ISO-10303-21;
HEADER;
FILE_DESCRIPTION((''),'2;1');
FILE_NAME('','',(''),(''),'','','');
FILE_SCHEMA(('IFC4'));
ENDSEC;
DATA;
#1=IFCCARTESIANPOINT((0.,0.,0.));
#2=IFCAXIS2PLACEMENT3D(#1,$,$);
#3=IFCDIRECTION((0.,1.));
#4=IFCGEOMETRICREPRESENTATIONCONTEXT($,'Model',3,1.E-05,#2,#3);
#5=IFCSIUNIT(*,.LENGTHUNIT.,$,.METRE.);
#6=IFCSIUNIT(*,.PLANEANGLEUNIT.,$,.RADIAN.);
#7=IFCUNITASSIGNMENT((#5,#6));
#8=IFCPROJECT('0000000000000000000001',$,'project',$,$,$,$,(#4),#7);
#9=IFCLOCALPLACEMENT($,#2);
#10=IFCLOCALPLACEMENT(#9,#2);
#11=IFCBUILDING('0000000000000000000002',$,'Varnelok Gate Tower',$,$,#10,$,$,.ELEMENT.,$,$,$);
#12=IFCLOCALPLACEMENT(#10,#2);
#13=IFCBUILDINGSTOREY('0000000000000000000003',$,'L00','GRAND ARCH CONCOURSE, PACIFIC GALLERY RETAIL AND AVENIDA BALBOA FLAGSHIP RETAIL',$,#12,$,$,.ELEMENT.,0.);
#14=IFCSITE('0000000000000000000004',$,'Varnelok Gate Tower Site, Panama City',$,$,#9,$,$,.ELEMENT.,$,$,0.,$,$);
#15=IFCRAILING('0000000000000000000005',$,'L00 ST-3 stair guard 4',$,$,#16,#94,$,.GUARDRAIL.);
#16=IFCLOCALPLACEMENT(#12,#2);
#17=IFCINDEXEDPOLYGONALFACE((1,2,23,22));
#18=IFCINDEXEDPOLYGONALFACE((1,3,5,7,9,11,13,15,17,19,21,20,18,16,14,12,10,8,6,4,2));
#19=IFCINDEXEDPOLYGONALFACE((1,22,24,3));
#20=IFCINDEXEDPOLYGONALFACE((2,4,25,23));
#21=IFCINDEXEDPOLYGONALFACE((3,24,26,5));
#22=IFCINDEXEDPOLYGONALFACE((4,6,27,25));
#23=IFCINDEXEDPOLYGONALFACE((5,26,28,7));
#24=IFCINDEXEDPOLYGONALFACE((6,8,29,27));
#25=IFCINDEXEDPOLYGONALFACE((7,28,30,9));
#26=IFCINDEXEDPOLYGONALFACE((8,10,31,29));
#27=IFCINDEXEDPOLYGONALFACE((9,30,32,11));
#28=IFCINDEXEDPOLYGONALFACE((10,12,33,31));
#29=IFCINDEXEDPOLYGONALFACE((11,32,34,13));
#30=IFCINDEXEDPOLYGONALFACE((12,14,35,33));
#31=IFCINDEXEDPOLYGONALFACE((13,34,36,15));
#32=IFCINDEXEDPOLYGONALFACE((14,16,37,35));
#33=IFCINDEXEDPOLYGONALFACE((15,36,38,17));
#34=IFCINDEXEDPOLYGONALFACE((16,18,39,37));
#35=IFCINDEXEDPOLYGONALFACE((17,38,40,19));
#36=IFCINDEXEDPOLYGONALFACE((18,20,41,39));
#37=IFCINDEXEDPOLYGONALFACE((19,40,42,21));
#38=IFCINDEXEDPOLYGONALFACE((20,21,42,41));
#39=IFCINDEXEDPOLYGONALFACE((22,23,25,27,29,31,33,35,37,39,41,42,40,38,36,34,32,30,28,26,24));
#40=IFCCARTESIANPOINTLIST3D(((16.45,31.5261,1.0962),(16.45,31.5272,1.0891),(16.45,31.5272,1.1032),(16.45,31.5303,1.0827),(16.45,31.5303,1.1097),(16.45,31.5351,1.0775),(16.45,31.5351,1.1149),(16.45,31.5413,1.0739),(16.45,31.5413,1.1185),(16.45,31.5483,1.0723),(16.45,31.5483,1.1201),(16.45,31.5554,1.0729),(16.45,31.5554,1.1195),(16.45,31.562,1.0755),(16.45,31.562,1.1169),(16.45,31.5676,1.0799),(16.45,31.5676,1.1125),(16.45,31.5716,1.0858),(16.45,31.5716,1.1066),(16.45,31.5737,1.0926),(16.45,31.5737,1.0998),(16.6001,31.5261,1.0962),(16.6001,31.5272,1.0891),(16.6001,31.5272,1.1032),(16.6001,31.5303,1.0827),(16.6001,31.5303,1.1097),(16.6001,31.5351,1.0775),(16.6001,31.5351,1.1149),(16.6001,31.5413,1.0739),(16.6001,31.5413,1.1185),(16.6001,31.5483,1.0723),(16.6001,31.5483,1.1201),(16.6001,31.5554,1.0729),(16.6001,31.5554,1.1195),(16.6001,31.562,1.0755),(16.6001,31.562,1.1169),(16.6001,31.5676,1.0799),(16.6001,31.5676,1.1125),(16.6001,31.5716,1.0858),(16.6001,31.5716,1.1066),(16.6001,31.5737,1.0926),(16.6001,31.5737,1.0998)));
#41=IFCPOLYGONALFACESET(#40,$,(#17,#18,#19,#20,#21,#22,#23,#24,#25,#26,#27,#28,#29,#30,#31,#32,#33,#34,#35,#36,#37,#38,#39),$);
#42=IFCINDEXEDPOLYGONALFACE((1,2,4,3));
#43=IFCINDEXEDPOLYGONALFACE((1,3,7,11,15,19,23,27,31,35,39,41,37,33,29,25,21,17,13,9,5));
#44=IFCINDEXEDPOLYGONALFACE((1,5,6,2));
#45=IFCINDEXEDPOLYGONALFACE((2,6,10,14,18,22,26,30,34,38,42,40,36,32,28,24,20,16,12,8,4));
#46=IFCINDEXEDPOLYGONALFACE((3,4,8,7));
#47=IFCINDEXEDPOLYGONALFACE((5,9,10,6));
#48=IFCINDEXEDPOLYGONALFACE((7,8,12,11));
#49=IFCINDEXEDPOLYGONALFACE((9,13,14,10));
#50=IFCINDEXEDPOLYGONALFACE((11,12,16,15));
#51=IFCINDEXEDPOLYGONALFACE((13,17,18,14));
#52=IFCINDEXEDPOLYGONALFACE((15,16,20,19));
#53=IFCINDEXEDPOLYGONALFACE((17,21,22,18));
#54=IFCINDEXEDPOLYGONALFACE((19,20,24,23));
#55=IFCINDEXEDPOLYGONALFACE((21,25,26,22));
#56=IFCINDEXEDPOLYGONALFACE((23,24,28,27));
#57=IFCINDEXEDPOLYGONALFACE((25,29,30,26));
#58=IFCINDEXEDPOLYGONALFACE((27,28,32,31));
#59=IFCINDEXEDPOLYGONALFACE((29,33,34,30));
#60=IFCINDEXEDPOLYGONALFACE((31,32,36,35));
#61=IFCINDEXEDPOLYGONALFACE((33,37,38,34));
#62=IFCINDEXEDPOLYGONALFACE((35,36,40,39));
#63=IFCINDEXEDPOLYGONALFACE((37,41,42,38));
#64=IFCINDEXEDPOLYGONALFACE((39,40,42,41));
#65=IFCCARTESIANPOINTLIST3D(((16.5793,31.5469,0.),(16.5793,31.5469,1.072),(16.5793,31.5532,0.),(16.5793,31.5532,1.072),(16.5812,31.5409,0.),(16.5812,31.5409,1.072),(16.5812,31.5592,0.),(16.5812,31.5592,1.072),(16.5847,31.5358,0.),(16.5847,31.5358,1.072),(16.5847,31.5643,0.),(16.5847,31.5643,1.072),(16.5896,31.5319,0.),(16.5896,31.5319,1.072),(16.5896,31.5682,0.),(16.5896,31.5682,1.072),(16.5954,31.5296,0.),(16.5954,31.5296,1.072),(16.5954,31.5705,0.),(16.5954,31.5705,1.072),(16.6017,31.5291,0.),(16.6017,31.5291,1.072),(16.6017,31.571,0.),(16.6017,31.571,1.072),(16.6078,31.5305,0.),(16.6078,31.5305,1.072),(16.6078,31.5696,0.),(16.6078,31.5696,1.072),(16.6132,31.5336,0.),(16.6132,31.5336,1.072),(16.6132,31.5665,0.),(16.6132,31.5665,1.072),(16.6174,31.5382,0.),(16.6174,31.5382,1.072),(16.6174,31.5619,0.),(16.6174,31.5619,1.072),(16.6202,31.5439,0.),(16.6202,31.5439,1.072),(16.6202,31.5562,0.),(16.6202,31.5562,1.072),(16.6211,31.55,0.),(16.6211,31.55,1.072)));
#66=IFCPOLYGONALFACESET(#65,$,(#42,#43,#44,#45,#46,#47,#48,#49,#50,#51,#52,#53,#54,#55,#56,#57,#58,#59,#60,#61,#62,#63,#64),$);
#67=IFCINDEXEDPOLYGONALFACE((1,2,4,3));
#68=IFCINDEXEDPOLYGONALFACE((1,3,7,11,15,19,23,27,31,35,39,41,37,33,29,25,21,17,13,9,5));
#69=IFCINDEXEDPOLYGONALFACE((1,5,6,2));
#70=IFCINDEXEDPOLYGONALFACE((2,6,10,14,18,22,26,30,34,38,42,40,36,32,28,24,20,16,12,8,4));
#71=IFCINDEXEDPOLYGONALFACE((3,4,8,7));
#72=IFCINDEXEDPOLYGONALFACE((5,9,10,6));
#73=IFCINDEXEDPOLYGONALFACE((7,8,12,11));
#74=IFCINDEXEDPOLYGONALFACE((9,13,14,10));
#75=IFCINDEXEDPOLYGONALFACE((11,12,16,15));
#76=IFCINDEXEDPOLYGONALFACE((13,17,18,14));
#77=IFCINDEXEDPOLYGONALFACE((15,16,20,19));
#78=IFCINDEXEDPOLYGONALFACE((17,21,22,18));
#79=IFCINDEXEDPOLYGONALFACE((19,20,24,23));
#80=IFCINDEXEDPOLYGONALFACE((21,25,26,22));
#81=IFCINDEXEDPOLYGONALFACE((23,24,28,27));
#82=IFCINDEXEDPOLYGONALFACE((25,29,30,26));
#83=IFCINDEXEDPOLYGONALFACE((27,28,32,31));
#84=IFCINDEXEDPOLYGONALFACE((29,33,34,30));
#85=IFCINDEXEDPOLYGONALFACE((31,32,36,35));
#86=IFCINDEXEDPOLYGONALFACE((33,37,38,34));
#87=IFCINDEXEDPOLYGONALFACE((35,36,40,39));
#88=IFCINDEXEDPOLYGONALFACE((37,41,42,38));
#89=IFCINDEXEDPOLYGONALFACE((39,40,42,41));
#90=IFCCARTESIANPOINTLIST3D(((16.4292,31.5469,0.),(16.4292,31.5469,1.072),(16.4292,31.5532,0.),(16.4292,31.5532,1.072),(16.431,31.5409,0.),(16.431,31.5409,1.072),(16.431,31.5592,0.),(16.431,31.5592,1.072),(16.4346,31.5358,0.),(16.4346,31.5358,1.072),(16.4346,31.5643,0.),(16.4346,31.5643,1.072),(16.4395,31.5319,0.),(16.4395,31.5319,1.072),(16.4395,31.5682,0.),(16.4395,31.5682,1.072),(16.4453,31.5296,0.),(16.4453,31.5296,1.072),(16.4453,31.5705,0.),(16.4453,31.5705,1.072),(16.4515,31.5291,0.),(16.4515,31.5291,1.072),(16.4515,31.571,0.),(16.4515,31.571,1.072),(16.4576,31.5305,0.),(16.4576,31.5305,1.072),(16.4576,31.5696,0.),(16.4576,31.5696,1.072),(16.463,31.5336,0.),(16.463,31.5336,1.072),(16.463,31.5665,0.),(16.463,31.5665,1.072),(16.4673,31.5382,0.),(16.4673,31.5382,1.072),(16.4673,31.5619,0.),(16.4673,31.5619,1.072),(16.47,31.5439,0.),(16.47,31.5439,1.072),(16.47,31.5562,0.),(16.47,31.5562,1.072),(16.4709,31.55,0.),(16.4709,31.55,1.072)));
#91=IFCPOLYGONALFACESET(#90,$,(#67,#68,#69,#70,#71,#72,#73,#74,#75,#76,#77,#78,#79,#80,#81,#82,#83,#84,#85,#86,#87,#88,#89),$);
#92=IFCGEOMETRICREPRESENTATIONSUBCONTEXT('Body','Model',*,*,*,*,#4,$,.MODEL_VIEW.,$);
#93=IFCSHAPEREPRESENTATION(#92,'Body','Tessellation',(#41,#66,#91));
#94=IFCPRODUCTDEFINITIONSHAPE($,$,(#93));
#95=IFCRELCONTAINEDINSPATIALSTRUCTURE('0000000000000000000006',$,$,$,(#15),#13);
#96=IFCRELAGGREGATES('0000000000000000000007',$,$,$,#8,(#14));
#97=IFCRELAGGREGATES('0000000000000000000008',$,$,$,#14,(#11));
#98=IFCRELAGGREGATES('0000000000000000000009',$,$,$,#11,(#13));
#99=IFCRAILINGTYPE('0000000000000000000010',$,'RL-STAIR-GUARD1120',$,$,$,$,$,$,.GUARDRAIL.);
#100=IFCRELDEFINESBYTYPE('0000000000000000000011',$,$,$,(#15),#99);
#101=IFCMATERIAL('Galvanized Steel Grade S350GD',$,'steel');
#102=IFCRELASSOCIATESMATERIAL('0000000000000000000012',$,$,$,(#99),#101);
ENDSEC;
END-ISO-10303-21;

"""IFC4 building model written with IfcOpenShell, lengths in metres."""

from ifc_helpers import new_model, si_unit, direction, frame, origin, origin_2d, place, context, subcontext, project, spatial, circle, extrude, material, type_object, element, save


model = new_model("IFC4")

# Units and contexts
model_context = context("Model", 3, precision=1e-05, world=origin(), true_north=direction((0.0, 1.0)))
body_context = subcontext(model_context, "Body", "Model", "MODEL_VIEW")
ifc_project = project(units=[si_unit("LENGTHUNIT", "METRE"), si_unit("PLANEANGLEUNIT", "RADIAN")], contexts=[model_context])

# Site, building, storey
site_placement = place(None, origin())
site = spatial("IfcSite", under=ifc_project, at=site_placement, Name="Varnelok Gate Tower Site, Panama City", CompositionType="ELEMENT", RefElevation=0.0)
building_placement = place(site_placement, origin())
building = spatial("IfcBuilding", under=site, at=building_placement, Name="Varnelok Gate Tower", CompositionType="ELEMENT")
storey_placement = place(building_placement, origin())
storey = spatial("IfcBuildingStorey", under=building, at=storey_placement, Name="L00", Description="GRAND ARCH CONCOURSE, PACIFIC GALLERY RETAIL AND AVENIDA BALBOA FLAGSHIP RETAIL", CompositionType="ELEMENT", Elevation=0.0)

# Shared definitions
ifc_material_1 = material(Name="Galvanized Steel Grade S350GD", Category="steel")

# Railing
railing_type_1 = type_object("IfcRailingType", Name="RL-STAIR-GUARD1120", PredefinedType="GUARDRAIL", material=ifc_material_1)
railing_1_placement = place(storey_placement, frame((16.6001, 31.55, 0.0)))
element("IfcRailing", 1, at=railing_1_placement, inside=storey, type_object=railing_type_1, Name="L00 ST-3 stair guard 4", PredefinedType="GUARDRAIL", context=body_context, shape_type="SweptSolid", body=[
    extrude(circle(Radius=0.0239, at=origin_2d()), frame((0.0, 0.0, 1.0962), z_axis=(-1.0, 0.0, 0.0), x_axis=(0.0, -1.0, 0.0)), (0.0, 0.0, 1.0), 0.1501),
    extrude(circle(Radius=0.021, at=origin_2d()), origin(), (0.0, 0.0, 1.0), 1.072),
    extrude(circle(Radius=0.021, at=origin_2d()), frame((-0.1501, 0.0, 0.0)), (0.0, 0.0, 1.0), 1.072),
])

save(model, "model.ifc")
